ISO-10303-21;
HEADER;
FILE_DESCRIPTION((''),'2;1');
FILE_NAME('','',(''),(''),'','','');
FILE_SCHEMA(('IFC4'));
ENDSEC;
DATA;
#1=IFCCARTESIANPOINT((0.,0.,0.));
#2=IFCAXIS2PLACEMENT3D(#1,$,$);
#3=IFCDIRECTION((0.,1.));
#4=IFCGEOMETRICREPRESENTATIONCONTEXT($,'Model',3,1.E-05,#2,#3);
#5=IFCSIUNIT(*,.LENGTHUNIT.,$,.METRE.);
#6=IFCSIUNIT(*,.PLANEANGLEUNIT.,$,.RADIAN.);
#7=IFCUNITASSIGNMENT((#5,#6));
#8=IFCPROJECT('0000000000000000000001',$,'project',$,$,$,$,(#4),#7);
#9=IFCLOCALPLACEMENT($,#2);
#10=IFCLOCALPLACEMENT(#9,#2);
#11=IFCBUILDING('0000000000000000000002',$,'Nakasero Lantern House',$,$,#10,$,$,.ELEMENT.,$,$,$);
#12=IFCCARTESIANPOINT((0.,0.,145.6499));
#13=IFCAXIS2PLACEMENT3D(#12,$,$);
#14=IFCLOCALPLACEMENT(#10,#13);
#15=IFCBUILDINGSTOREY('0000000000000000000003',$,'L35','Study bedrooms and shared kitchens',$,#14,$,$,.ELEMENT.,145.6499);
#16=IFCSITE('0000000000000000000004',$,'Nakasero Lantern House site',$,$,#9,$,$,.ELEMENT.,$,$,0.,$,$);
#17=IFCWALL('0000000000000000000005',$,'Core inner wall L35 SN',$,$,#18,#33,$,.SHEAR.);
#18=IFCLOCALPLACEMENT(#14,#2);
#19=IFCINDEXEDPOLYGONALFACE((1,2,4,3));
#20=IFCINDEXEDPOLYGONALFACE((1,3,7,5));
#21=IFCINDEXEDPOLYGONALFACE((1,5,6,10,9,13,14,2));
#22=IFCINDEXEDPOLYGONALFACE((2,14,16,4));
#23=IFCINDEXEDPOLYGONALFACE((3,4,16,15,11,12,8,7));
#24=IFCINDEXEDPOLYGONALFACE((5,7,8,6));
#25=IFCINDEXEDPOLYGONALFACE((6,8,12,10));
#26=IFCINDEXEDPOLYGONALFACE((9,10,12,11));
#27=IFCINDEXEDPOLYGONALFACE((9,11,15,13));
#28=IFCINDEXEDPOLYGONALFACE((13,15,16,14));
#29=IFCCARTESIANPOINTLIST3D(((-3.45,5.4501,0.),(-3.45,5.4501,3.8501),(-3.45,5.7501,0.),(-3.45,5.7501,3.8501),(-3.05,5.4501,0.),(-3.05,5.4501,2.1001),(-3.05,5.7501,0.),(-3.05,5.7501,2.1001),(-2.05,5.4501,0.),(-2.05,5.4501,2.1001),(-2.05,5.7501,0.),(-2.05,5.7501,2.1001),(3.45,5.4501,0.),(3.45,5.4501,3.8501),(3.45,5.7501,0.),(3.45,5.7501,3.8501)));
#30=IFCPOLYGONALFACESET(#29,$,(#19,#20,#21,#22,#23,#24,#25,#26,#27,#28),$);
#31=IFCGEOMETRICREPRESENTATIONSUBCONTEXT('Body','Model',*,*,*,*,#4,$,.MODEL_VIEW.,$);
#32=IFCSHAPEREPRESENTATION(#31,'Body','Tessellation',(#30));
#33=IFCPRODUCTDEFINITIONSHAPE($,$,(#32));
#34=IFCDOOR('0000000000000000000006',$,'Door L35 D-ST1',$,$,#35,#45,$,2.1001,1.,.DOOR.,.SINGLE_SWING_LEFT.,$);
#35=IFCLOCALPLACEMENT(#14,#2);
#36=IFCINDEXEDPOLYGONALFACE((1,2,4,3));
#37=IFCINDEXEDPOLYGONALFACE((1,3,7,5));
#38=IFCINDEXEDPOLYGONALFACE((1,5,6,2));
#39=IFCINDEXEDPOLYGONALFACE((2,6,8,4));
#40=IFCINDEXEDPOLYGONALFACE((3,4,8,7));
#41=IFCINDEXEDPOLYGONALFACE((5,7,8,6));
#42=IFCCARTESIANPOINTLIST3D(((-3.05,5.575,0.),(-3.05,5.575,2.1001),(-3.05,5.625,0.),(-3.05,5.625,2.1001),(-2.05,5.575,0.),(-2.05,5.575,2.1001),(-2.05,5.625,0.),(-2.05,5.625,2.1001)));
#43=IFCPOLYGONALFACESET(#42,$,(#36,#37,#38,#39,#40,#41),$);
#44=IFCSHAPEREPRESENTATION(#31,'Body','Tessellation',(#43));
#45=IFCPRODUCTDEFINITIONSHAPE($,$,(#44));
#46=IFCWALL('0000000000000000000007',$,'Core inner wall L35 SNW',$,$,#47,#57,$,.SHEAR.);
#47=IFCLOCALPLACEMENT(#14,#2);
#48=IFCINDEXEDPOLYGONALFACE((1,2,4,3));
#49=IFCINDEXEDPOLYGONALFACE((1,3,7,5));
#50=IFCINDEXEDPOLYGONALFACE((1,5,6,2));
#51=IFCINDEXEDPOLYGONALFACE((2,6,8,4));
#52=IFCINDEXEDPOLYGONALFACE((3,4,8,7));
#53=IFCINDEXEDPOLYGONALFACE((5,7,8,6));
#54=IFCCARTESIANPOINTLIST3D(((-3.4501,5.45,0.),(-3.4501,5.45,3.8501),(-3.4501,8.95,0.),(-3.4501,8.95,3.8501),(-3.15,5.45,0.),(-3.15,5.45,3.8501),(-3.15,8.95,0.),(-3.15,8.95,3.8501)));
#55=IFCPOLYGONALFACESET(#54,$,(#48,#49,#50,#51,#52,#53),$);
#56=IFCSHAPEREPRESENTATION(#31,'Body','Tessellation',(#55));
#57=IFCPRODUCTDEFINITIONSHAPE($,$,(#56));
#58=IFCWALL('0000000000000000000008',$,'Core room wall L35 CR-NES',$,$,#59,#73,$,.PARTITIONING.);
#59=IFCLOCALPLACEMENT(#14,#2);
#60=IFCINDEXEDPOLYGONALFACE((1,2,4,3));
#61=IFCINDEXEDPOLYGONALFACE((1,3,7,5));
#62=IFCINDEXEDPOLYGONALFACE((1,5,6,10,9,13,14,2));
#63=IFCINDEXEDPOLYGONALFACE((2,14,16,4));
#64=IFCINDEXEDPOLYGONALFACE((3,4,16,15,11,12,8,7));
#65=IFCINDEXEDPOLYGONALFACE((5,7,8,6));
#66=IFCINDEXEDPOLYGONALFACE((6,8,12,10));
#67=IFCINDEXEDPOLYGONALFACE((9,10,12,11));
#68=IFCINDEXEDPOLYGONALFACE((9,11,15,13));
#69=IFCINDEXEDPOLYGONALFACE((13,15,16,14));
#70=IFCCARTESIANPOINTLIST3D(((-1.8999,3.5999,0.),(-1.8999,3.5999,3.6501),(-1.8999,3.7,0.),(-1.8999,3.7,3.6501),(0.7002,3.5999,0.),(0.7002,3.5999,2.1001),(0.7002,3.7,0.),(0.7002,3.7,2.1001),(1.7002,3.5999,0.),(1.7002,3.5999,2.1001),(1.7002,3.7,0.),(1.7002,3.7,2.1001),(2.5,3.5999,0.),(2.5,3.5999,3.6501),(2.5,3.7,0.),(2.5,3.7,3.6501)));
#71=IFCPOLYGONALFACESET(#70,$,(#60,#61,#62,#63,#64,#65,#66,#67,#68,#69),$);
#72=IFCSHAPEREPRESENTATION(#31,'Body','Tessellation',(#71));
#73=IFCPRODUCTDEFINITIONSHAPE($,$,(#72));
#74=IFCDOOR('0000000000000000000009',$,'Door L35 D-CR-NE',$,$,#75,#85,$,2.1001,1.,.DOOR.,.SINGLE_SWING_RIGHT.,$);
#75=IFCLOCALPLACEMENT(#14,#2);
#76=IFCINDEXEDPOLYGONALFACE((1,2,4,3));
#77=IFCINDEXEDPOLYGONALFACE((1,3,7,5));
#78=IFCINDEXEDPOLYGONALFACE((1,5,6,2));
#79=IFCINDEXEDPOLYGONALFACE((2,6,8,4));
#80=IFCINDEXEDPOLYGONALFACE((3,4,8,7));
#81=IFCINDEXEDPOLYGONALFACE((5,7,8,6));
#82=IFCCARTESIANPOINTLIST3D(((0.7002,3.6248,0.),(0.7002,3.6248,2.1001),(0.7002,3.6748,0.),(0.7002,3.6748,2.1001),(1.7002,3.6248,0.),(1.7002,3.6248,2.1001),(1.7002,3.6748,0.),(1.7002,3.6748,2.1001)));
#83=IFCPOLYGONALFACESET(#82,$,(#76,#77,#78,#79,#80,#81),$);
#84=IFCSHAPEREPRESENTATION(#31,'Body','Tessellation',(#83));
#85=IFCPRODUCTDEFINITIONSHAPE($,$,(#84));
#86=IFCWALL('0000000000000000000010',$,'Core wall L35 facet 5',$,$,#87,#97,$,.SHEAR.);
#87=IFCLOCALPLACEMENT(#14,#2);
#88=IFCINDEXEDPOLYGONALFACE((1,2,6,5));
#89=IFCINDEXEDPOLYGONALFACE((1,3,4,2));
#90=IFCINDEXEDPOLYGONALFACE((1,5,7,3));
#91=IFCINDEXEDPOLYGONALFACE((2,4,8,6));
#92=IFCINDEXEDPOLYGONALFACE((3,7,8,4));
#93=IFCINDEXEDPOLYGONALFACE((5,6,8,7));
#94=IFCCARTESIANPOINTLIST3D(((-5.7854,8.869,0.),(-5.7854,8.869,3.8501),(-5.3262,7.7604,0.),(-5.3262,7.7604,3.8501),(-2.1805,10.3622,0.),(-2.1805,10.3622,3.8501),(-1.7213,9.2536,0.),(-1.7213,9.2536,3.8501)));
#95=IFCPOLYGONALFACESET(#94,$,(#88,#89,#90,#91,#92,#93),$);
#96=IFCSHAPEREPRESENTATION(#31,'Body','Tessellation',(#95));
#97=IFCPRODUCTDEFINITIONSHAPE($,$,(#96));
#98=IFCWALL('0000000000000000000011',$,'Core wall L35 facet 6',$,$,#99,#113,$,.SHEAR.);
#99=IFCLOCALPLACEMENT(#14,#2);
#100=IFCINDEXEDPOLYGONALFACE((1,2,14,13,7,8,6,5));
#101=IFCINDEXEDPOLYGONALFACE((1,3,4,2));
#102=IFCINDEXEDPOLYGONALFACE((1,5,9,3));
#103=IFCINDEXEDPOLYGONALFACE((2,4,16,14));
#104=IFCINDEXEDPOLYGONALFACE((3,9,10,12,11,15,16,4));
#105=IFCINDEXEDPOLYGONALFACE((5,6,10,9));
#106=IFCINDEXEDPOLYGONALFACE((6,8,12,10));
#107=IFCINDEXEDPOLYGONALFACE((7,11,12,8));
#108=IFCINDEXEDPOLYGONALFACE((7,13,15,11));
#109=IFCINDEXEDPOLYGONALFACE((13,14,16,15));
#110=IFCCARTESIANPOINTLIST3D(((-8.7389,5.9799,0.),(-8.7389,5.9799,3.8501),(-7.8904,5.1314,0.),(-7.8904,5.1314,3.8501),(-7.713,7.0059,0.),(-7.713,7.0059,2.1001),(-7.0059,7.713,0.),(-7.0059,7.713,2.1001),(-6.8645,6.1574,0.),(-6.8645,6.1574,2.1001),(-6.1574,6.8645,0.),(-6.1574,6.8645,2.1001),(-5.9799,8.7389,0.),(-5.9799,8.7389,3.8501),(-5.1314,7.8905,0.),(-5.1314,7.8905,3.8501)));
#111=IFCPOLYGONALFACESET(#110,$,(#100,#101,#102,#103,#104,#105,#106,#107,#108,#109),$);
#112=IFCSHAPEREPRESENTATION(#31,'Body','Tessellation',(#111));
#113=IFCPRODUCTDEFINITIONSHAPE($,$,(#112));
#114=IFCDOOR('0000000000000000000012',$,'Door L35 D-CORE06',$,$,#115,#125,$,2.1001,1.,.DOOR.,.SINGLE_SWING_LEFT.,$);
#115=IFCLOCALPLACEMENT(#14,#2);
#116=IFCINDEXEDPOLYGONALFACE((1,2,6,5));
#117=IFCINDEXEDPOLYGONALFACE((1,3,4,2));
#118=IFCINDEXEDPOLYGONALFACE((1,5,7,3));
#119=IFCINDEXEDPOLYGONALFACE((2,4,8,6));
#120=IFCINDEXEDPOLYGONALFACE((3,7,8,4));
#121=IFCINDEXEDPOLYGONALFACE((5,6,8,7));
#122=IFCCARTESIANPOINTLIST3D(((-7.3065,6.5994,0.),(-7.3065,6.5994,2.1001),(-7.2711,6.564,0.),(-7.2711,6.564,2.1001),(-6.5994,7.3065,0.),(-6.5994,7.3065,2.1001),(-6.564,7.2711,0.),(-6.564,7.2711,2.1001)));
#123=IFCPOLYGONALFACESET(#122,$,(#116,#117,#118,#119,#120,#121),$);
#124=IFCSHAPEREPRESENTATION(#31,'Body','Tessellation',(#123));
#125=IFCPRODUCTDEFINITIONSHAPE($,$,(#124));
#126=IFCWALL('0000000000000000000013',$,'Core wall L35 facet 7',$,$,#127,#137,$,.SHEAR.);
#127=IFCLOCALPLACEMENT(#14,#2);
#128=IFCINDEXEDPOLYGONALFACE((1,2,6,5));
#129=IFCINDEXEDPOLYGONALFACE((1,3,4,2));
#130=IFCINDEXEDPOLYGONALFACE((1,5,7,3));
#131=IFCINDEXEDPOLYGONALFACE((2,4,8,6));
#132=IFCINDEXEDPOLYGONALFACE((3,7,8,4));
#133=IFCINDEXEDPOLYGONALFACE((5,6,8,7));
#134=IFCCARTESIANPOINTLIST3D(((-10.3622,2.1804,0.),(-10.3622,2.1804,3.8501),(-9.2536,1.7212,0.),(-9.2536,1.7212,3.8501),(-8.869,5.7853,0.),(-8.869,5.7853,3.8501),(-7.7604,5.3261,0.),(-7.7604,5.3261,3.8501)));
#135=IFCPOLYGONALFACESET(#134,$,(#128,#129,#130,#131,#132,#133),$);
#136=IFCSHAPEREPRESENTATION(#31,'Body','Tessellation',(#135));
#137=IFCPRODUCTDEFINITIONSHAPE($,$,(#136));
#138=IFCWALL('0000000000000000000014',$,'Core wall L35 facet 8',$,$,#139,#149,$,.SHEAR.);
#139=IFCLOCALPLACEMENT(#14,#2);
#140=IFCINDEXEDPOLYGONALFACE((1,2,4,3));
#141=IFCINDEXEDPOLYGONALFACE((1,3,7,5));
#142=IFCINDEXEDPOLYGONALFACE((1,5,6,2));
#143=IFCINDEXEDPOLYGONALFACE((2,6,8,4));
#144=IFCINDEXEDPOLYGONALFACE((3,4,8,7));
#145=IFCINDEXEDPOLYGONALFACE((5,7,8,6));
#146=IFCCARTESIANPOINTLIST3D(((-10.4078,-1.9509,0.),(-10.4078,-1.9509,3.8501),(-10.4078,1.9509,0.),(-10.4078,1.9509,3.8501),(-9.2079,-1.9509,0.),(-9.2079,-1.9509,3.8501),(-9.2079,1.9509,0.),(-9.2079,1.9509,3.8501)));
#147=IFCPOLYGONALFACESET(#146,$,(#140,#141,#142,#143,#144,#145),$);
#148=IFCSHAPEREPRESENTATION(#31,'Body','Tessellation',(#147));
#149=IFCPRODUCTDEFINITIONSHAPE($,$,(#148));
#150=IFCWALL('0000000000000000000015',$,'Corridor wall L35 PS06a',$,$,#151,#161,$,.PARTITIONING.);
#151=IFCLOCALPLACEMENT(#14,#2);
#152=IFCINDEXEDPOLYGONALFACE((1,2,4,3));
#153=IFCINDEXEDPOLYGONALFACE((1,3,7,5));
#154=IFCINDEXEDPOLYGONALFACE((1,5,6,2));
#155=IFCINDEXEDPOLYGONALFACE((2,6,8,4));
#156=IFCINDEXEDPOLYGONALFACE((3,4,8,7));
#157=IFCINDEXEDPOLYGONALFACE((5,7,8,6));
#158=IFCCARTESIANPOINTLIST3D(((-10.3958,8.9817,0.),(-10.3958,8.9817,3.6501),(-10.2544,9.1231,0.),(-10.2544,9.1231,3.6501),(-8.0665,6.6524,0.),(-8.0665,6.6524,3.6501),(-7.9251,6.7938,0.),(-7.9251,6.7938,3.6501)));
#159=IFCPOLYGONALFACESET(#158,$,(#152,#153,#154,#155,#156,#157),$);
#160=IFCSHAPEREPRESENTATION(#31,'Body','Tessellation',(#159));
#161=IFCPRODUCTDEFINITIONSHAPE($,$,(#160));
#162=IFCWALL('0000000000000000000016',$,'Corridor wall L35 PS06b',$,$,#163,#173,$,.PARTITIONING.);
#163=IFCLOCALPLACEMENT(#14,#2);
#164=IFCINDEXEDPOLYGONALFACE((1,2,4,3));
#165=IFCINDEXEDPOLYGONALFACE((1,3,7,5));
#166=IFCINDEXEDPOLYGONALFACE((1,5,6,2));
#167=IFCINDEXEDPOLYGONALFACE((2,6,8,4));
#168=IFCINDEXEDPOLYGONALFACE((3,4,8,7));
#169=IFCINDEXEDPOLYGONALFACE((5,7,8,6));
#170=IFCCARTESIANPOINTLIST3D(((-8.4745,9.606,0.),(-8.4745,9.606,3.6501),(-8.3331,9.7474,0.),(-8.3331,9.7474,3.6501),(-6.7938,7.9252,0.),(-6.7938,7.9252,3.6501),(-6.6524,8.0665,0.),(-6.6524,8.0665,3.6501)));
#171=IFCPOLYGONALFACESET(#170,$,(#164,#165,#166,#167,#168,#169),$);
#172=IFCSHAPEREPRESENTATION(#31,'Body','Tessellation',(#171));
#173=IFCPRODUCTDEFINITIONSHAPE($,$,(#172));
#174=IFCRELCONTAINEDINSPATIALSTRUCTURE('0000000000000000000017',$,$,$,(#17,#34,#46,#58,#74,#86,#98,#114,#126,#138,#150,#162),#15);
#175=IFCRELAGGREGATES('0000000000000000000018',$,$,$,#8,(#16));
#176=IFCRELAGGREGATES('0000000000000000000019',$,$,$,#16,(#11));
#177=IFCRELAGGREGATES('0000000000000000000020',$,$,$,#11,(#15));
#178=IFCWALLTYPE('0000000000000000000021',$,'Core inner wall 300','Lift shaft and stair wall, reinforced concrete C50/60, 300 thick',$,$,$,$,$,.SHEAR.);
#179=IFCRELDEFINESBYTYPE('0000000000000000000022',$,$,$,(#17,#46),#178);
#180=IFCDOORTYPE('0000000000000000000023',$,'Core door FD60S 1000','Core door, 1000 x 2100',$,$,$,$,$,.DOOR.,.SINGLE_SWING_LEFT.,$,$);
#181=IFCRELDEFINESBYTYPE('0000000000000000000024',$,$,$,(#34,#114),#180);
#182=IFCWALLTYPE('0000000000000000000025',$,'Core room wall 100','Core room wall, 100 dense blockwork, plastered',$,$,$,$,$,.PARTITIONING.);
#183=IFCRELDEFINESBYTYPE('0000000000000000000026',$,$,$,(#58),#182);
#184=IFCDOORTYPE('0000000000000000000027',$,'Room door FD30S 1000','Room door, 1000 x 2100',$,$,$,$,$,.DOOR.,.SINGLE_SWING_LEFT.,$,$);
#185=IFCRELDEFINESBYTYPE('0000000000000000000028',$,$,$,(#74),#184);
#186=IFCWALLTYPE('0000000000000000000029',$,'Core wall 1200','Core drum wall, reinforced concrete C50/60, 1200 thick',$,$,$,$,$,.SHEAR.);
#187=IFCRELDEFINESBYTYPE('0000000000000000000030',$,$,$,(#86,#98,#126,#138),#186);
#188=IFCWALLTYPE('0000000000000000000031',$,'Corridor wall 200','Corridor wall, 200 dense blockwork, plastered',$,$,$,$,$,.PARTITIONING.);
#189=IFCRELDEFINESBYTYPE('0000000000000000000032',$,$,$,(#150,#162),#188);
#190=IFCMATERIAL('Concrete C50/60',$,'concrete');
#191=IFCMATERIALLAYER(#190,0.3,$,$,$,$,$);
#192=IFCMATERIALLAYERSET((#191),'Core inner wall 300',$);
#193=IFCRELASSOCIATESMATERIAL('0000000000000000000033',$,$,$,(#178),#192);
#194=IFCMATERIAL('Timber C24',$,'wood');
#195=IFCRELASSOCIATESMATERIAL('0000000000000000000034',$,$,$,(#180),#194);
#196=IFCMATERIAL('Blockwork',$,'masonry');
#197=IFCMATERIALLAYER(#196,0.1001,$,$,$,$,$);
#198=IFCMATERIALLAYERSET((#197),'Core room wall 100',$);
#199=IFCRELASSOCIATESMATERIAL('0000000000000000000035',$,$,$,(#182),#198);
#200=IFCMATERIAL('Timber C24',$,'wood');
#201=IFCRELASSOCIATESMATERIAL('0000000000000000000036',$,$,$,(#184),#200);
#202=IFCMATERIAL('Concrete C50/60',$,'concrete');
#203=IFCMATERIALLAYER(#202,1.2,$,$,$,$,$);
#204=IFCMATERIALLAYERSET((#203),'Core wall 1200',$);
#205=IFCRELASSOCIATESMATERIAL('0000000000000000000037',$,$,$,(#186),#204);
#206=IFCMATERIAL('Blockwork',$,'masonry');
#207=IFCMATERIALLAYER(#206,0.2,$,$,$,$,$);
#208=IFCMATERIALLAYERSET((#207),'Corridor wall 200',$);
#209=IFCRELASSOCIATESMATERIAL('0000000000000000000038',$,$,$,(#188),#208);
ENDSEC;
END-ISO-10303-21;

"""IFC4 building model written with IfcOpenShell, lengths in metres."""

from ifc_helpers import new_model, si_unit, direction, frame, frame_2d, origin, place, context, subcontext, project, spatial, rectangle, extrude, material, layer, layer_set, type_object, element, fill, save


model = new_model("IFC4")

# Units and contexts
model_context = context("Model", 3, precision=1e-05, world=origin(), true_north=direction((0.0, 1.0)))
body_context = subcontext(model_context, "Body", "Model", "MODEL_VIEW")
ifc_project = project(units=[si_unit("LENGTHUNIT", "METRE"), si_unit("PLANEANGLEUNIT", "RADIAN")], contexts=[model_context])

# Site, building, storey
site_placement = place(None, origin())
site = spatial("IfcSite", under=ifc_project, at=site_placement, Name="Nakasero Lantern House site", CompositionType="ELEMENT", RefElevation=0.0)
building_placement = place(site_placement, origin())
building = spatial("IfcBuilding", under=site, at=building_placement, Name="Nakasero Lantern House", CompositionType="ELEMENT")
storey_placement = place(building_placement, frame((0.0, 0.0, 145.6499)))
storey = spatial("IfcBuildingStorey", under=building, at=storey_placement, Name="L35", Description="Study bedrooms and shared kitchens", CompositionType="ELEMENT", Elevation=145.6499)

# Shared definitions
ifc_material_1 = material(Name="Concrete C50/60", Category="concrete")
ifc_layer_1 = layer(ifc_material_1, 0.3)
ifc_layer_set_1 = layer_set([ifc_layer_1], Name="Core inner wall 300")
wall_type_1 = type_object("IfcWallType", Name="Core inner wall 300", Description="Lift shaft and stair wall, reinforced concrete C50/60, 300 thick", PredefinedType="SHEAR", material=ifc_layer_set_1)

# Wall, opening, door
wall_1_placement = place(storey_placement, frame((-3.45, 5.6001, 0.0), z_axis=(0.0, 0.0, 1.0), x_axis=(1.0, 0.0, 0.0)))
wall_1 = element("IfcWall", 1, at=wall_1_placement, inside=storey, type_object=wall_type_1, Name="Core inner wall L35 SN", PredefinedType="SHEAR", context=body_context, shape_type="SweptSolid", body=[
    extrude(rectangle(XDim=6.8999, YDim=0.3, at=frame_2d((3.45, 0.0))), origin(), (0.0, 0.0, 1.0), 3.8501),
])
opening_1_placement = place(wall_1_placement, frame((0.3999, 0.0, 0.0)))
opening_1 = element("IfcOpeningElement", 2, at=opening_1_placement, cuts=wall_1, PredefinedType="OPENING", context=body_context, shape_type="SweptSolid", body=[
    extrude(rectangle(XDim=1.0, YDim=2.1001, at=frame_2d((0.5, 1.05))), frame((0.0, 0.1699, 0.0), z_axis=(0.0, -1.0, 0.0), x_axis=(1.0, 0.0, 0.0)), (0.0, 0.0, 1.0), 0.3401),
])
ifc_material_2 = material(Name="Timber C24", Category="wood")
door_type_1 = type_object("IfcDoorType", Name="Core door FD60S 1000", Description="Core door, 1000 x 2100", OperationType="SINGLE_SWING_LEFT", PredefinedType="DOOR", material=ifc_material_2)
door_1_placement = place(opening_1_placement, origin())
door_1 = element("IfcDoor", 3, at=door_1_placement, inside=storey, type_object=door_type_1, Name="Door L35 D-ST1", OperationType="SINGLE_SWING_LEFT", OverallHeight=2.1001, OverallWidth=1.0, PredefinedType="DOOR", context=body_context, shape_type="SweptSolid", body=[
    extrude(rectangle(XDim=1.0, YDim=2.1001, at=frame_2d((0.5, 1.05))), frame((0.0, 0.0249, 0.0), z_axis=(0.0, -1.0, 0.0), x_axis=(1.0, 0.0, 0.0)), (0.0, 0.0, 1.0), 0.05),
])
fill(opening_1, door_1)

# Wall
wall_2_placement = place(storey_placement, frame((-3.3, 5.45, 0.0), z_axis=(0.0, 0.0, 1.0), x_axis=(0.0, 1.0, 0.0)))
element("IfcWall", 4, at=wall_2_placement, inside=storey, type_object=wall_type_1, Name="Core inner wall L35 SNW", PredefinedType="SHEAR", context=body_context, shape_type="SweptSolid", body=[
    extrude(rectangle(XDim=3.5, YDim=0.3, at=frame_2d((1.75, 0.0))), origin(), (0.0, 0.0, 1.0), 3.8501),
])

# Wall, opening, door
ifc_material_3 = material(Name="Blockwork", Category="masonry")
ifc_layer_2 = layer(ifc_material_3, 0.1001)
ifc_layer_set_2 = layer_set([ifc_layer_2], Name="Core room wall 100")
wall_type_2 = type_object("IfcWallType", Name="Core room wall 100", Description="Core room wall, 100 dense blockwork, plastered", PredefinedType="PARTITIONING", material=ifc_layer_set_2)
wall_3_placement = place(storey_placement, frame((-1.8999, 3.6499, 0.0), z_axis=(0.0, 0.0, 1.0), x_axis=(1.0, 0.0, 0.0)))
wall_3 = element("IfcWall", 5, at=wall_3_placement, inside=storey, type_object=wall_type_2, Name="Core room wall L35 CR-NES", PredefinedType="PARTITIONING", context=body_context, shape_type="SweptSolid", body=[
    extrude(rectangle(XDim=4.3999, YDim=0.1001, at=frame_2d((2.2, 0.0))), origin(), (0.0, 0.0, 1.0), 3.6501),
])
opening_2_placement = place(wall_3_placement, frame((2.6001, 0.0, 0.0)))
opening_2 = element("IfcOpeningElement", 6, at=opening_2_placement, cuts=wall_3, PredefinedType="OPENING", context=body_context, shape_type="SweptSolid", body=[
    extrude(rectangle(XDim=1.0, YDim=2.1001, at=frame_2d((0.5, 1.05))), frame((0.0, 0.0701, 0.0), z_axis=(0.0, -1.0, 0.0), x_axis=(1.0, 0.0, 0.0)), (0.0, 0.0, 1.0), 0.1401),
])
ifc_material_4 = material(Name="Timber C24", Category="wood")
door_type_2 = type_object("IfcDoorType", Name="Room door FD30S 1000", Description="Room door, 1000 x 2100", OperationType="SINGLE_SWING_LEFT", PredefinedType="DOOR", material=ifc_material_4)
door_2_placement = place(opening_2_placement, origin())
door_2 = element("IfcDoor", 7, at=door_2_placement, inside=storey, type_object=door_type_2, Name="Door L35 D-CR-NE", OperationType="SINGLE_SWING_RIGHT", OverallHeight=2.1001, OverallWidth=1.0, PredefinedType="DOOR", context=body_context, shape_type="SweptSolid", body=[
    extrude(rectangle(XDim=1.0, YDim=2.1001, at=frame_2d((0.5, 1.05))), frame((0.0, 0.0249, 0.0), z_axis=(0.0, -1.0, 0.0), x_axis=(1.0, 0.0, 0.0)), (0.0, 0.0, 1.0), 0.05),
])
fill(opening_2, door_2)

# Wall
ifc_material_5 = material(Name="Concrete C50/60", Category="concrete")
ifc_layer_3 = layer(ifc_material_5, 1.2)
ifc_layer_set_3 = layer_set([ifc_layer_3], Name="Core wall 1200")
wall_type_3 = type_object("IfcWallType", Name="Core wall 1200", Description="Core drum wall, reinforced concrete C50/60, 1200 thick", PredefinedType="SHEAR", material=ifc_layer_set_3)
wall_4_placement = place(storey_placement, frame((-1.9509, 9.8079, 0.0), z_axis=(0.0, 0.0, 1.0), x_axis=(-0.923877, -0.382691, 0.0)))
element("IfcWall", 8, at=wall_4_placement, inside=storey, type_object=wall_type_3, Name="Core wall L35 facet 5", PredefinedType="SHEAR", context=body_context, shape_type="SweptSolid", body=[
    extrude(rectangle(XDim=3.9019, YDim=1.2, at=frame_2d((1.9509, 0.0))), origin(), (0.0, 0.0, 1.0), 3.8501),
])

# Wall, opening, door
wall_5_placement = place(storey_placement, frame((-5.5557, 8.3147, 0.0), z_axis=(0.0, 0.0, 1.0), x_axis=(-0.707107, -0.707107, 0.0)))
wall_5 = element("IfcWall", 9, at=wall_5_placement, inside=storey, type_object=wall_type_3, Name="Core wall L35 facet 6", PredefinedType="SHEAR", context=body_context, shape_type="SweptSolid", body=[
    extrude(rectangle(XDim=3.9019, YDim=1.2, at=frame_2d((1.9509, 0.0))), origin(), (0.0, 0.0, 1.0), 3.8501),
])
opening_3_placement = place(wall_5_placement, frame((1.4509, 0.0, 0.0)))
opening_3 = element("IfcOpeningElement", 10, at=opening_3_placement, cuts=wall_5, PredefinedType="OPENING", context=body_context, shape_type="SweptSolid", body=[
    extrude(rectangle(XDim=1.0, YDim=2.1001, at=frame_2d((0.5, 1.05))), frame((0.0, 0.6199, 0.0), z_axis=(0.0, -1.0, 0.0), x_axis=(1.0, 0.0, 0.0)), (0.0, 0.0, 1.0), 1.24),
])
door_3_placement = place(opening_3_placement, origin())
door_3 = element("IfcDoor", 11, at=door_3_placement, inside=storey, type_object=door_type_1, Name="Door L35 D-CORE06", OperationType="SINGLE_SWING_LEFT", OverallHeight=2.1001, OverallWidth=1.0, PredefinedType="DOOR", context=body_context, shape_type="SweptSolid", body=[
    extrude(rectangle(XDim=1.0, YDim=2.1001, at=frame_2d((0.5, 1.05))), frame((0.0, 0.0249, 0.0), z_axis=(0.0, -1.0, 0.0), x_axis=(1.0, 0.0, 0.0)), (0.0, 0.0, 1.0), 0.05),
])
fill(opening_3, door_3)

# Walls
for number, where, z_axis, x_axis, name in (
    (12, (-8.3147, 5.5557, 0.0), (0.0, 0.0, 1.0), (-0.382691, -0.923877, 0.0), "Core wall L35 facet 7"),
    (13, (-9.8079, 1.9509, 0.0), (0.0, 0.0, 1.0), (0.0, -1.0, 0.0), "Core wall L35 facet 8"),
):
    element("IfcWall", number, at=place(storey_placement, frame(where, z_axis=z_axis, x_axis=x_axis)), inside=storey, type_object=wall_type_3, Name=name, PredefinedType="SHEAR", context=body_context, shape_type="SweptSolid", body=[
        extrude(rectangle(XDim=3.9019, YDim=1.2, at=frame_2d((1.9509, 0.0))), origin(), (0.0, 0.0, 1.0), 3.8501),
    ])
ifc_material_6 = material(Name="Blockwork", Category="masonry")
ifc_layer_4 = layer(ifc_material_6, 0.2)
ifc_layer_set_4 = layer_set([ifc_layer_4], Name="Corridor wall 200")
wall_type_4 = type_object("IfcWallType", Name="Corridor wall 200", Description="Corridor wall, 200 dense blockwork, plastered", PredefinedType="PARTITIONING", material=ifc_layer_set_4)
wall_6_placement = place(storey_placement, frame((-7.9958, 6.7231, 0.0), z_axis=(0.0, 0.0, 1.0), x_axis=(-0.707107, 0.707107, 0.0)))
element("IfcWall", 14, at=wall_6_placement, inside=storey, type_object=wall_type_4, Name="Corridor wall L35 PS06a", PredefinedType="PARTITIONING", context=body_context, shape_type="SweptSolid", body=[
    extrude(rectangle(XDim=3.2942, YDim=0.2, at=frame_2d((1.647, 0.0))), origin(), (0.0, 0.0, 1.0), 3.6501),
])
wall_7_placement = place(storey_placement, frame((-6.7231, 7.9958, 0.0), z_axis=(0.0, 0.0, 1.0), x_axis=(-0.707055, 0.707158, 0.0)))
element("IfcWall", 15, at=wall_7_placement, inside=storey, type_object=wall_type_4, Name="Corridor wall L35 PS06b", PredefinedType="PARTITIONING", context=body_context, shape_type="SweptSolid", body=[
    extrude(rectangle(XDim=2.377, YDim=0.2, at=frame_2d((1.1885, 0.0))), origin(), (0.0, 0.0, 1.0), 3.6501),
])

save(model, "model.ifc")
